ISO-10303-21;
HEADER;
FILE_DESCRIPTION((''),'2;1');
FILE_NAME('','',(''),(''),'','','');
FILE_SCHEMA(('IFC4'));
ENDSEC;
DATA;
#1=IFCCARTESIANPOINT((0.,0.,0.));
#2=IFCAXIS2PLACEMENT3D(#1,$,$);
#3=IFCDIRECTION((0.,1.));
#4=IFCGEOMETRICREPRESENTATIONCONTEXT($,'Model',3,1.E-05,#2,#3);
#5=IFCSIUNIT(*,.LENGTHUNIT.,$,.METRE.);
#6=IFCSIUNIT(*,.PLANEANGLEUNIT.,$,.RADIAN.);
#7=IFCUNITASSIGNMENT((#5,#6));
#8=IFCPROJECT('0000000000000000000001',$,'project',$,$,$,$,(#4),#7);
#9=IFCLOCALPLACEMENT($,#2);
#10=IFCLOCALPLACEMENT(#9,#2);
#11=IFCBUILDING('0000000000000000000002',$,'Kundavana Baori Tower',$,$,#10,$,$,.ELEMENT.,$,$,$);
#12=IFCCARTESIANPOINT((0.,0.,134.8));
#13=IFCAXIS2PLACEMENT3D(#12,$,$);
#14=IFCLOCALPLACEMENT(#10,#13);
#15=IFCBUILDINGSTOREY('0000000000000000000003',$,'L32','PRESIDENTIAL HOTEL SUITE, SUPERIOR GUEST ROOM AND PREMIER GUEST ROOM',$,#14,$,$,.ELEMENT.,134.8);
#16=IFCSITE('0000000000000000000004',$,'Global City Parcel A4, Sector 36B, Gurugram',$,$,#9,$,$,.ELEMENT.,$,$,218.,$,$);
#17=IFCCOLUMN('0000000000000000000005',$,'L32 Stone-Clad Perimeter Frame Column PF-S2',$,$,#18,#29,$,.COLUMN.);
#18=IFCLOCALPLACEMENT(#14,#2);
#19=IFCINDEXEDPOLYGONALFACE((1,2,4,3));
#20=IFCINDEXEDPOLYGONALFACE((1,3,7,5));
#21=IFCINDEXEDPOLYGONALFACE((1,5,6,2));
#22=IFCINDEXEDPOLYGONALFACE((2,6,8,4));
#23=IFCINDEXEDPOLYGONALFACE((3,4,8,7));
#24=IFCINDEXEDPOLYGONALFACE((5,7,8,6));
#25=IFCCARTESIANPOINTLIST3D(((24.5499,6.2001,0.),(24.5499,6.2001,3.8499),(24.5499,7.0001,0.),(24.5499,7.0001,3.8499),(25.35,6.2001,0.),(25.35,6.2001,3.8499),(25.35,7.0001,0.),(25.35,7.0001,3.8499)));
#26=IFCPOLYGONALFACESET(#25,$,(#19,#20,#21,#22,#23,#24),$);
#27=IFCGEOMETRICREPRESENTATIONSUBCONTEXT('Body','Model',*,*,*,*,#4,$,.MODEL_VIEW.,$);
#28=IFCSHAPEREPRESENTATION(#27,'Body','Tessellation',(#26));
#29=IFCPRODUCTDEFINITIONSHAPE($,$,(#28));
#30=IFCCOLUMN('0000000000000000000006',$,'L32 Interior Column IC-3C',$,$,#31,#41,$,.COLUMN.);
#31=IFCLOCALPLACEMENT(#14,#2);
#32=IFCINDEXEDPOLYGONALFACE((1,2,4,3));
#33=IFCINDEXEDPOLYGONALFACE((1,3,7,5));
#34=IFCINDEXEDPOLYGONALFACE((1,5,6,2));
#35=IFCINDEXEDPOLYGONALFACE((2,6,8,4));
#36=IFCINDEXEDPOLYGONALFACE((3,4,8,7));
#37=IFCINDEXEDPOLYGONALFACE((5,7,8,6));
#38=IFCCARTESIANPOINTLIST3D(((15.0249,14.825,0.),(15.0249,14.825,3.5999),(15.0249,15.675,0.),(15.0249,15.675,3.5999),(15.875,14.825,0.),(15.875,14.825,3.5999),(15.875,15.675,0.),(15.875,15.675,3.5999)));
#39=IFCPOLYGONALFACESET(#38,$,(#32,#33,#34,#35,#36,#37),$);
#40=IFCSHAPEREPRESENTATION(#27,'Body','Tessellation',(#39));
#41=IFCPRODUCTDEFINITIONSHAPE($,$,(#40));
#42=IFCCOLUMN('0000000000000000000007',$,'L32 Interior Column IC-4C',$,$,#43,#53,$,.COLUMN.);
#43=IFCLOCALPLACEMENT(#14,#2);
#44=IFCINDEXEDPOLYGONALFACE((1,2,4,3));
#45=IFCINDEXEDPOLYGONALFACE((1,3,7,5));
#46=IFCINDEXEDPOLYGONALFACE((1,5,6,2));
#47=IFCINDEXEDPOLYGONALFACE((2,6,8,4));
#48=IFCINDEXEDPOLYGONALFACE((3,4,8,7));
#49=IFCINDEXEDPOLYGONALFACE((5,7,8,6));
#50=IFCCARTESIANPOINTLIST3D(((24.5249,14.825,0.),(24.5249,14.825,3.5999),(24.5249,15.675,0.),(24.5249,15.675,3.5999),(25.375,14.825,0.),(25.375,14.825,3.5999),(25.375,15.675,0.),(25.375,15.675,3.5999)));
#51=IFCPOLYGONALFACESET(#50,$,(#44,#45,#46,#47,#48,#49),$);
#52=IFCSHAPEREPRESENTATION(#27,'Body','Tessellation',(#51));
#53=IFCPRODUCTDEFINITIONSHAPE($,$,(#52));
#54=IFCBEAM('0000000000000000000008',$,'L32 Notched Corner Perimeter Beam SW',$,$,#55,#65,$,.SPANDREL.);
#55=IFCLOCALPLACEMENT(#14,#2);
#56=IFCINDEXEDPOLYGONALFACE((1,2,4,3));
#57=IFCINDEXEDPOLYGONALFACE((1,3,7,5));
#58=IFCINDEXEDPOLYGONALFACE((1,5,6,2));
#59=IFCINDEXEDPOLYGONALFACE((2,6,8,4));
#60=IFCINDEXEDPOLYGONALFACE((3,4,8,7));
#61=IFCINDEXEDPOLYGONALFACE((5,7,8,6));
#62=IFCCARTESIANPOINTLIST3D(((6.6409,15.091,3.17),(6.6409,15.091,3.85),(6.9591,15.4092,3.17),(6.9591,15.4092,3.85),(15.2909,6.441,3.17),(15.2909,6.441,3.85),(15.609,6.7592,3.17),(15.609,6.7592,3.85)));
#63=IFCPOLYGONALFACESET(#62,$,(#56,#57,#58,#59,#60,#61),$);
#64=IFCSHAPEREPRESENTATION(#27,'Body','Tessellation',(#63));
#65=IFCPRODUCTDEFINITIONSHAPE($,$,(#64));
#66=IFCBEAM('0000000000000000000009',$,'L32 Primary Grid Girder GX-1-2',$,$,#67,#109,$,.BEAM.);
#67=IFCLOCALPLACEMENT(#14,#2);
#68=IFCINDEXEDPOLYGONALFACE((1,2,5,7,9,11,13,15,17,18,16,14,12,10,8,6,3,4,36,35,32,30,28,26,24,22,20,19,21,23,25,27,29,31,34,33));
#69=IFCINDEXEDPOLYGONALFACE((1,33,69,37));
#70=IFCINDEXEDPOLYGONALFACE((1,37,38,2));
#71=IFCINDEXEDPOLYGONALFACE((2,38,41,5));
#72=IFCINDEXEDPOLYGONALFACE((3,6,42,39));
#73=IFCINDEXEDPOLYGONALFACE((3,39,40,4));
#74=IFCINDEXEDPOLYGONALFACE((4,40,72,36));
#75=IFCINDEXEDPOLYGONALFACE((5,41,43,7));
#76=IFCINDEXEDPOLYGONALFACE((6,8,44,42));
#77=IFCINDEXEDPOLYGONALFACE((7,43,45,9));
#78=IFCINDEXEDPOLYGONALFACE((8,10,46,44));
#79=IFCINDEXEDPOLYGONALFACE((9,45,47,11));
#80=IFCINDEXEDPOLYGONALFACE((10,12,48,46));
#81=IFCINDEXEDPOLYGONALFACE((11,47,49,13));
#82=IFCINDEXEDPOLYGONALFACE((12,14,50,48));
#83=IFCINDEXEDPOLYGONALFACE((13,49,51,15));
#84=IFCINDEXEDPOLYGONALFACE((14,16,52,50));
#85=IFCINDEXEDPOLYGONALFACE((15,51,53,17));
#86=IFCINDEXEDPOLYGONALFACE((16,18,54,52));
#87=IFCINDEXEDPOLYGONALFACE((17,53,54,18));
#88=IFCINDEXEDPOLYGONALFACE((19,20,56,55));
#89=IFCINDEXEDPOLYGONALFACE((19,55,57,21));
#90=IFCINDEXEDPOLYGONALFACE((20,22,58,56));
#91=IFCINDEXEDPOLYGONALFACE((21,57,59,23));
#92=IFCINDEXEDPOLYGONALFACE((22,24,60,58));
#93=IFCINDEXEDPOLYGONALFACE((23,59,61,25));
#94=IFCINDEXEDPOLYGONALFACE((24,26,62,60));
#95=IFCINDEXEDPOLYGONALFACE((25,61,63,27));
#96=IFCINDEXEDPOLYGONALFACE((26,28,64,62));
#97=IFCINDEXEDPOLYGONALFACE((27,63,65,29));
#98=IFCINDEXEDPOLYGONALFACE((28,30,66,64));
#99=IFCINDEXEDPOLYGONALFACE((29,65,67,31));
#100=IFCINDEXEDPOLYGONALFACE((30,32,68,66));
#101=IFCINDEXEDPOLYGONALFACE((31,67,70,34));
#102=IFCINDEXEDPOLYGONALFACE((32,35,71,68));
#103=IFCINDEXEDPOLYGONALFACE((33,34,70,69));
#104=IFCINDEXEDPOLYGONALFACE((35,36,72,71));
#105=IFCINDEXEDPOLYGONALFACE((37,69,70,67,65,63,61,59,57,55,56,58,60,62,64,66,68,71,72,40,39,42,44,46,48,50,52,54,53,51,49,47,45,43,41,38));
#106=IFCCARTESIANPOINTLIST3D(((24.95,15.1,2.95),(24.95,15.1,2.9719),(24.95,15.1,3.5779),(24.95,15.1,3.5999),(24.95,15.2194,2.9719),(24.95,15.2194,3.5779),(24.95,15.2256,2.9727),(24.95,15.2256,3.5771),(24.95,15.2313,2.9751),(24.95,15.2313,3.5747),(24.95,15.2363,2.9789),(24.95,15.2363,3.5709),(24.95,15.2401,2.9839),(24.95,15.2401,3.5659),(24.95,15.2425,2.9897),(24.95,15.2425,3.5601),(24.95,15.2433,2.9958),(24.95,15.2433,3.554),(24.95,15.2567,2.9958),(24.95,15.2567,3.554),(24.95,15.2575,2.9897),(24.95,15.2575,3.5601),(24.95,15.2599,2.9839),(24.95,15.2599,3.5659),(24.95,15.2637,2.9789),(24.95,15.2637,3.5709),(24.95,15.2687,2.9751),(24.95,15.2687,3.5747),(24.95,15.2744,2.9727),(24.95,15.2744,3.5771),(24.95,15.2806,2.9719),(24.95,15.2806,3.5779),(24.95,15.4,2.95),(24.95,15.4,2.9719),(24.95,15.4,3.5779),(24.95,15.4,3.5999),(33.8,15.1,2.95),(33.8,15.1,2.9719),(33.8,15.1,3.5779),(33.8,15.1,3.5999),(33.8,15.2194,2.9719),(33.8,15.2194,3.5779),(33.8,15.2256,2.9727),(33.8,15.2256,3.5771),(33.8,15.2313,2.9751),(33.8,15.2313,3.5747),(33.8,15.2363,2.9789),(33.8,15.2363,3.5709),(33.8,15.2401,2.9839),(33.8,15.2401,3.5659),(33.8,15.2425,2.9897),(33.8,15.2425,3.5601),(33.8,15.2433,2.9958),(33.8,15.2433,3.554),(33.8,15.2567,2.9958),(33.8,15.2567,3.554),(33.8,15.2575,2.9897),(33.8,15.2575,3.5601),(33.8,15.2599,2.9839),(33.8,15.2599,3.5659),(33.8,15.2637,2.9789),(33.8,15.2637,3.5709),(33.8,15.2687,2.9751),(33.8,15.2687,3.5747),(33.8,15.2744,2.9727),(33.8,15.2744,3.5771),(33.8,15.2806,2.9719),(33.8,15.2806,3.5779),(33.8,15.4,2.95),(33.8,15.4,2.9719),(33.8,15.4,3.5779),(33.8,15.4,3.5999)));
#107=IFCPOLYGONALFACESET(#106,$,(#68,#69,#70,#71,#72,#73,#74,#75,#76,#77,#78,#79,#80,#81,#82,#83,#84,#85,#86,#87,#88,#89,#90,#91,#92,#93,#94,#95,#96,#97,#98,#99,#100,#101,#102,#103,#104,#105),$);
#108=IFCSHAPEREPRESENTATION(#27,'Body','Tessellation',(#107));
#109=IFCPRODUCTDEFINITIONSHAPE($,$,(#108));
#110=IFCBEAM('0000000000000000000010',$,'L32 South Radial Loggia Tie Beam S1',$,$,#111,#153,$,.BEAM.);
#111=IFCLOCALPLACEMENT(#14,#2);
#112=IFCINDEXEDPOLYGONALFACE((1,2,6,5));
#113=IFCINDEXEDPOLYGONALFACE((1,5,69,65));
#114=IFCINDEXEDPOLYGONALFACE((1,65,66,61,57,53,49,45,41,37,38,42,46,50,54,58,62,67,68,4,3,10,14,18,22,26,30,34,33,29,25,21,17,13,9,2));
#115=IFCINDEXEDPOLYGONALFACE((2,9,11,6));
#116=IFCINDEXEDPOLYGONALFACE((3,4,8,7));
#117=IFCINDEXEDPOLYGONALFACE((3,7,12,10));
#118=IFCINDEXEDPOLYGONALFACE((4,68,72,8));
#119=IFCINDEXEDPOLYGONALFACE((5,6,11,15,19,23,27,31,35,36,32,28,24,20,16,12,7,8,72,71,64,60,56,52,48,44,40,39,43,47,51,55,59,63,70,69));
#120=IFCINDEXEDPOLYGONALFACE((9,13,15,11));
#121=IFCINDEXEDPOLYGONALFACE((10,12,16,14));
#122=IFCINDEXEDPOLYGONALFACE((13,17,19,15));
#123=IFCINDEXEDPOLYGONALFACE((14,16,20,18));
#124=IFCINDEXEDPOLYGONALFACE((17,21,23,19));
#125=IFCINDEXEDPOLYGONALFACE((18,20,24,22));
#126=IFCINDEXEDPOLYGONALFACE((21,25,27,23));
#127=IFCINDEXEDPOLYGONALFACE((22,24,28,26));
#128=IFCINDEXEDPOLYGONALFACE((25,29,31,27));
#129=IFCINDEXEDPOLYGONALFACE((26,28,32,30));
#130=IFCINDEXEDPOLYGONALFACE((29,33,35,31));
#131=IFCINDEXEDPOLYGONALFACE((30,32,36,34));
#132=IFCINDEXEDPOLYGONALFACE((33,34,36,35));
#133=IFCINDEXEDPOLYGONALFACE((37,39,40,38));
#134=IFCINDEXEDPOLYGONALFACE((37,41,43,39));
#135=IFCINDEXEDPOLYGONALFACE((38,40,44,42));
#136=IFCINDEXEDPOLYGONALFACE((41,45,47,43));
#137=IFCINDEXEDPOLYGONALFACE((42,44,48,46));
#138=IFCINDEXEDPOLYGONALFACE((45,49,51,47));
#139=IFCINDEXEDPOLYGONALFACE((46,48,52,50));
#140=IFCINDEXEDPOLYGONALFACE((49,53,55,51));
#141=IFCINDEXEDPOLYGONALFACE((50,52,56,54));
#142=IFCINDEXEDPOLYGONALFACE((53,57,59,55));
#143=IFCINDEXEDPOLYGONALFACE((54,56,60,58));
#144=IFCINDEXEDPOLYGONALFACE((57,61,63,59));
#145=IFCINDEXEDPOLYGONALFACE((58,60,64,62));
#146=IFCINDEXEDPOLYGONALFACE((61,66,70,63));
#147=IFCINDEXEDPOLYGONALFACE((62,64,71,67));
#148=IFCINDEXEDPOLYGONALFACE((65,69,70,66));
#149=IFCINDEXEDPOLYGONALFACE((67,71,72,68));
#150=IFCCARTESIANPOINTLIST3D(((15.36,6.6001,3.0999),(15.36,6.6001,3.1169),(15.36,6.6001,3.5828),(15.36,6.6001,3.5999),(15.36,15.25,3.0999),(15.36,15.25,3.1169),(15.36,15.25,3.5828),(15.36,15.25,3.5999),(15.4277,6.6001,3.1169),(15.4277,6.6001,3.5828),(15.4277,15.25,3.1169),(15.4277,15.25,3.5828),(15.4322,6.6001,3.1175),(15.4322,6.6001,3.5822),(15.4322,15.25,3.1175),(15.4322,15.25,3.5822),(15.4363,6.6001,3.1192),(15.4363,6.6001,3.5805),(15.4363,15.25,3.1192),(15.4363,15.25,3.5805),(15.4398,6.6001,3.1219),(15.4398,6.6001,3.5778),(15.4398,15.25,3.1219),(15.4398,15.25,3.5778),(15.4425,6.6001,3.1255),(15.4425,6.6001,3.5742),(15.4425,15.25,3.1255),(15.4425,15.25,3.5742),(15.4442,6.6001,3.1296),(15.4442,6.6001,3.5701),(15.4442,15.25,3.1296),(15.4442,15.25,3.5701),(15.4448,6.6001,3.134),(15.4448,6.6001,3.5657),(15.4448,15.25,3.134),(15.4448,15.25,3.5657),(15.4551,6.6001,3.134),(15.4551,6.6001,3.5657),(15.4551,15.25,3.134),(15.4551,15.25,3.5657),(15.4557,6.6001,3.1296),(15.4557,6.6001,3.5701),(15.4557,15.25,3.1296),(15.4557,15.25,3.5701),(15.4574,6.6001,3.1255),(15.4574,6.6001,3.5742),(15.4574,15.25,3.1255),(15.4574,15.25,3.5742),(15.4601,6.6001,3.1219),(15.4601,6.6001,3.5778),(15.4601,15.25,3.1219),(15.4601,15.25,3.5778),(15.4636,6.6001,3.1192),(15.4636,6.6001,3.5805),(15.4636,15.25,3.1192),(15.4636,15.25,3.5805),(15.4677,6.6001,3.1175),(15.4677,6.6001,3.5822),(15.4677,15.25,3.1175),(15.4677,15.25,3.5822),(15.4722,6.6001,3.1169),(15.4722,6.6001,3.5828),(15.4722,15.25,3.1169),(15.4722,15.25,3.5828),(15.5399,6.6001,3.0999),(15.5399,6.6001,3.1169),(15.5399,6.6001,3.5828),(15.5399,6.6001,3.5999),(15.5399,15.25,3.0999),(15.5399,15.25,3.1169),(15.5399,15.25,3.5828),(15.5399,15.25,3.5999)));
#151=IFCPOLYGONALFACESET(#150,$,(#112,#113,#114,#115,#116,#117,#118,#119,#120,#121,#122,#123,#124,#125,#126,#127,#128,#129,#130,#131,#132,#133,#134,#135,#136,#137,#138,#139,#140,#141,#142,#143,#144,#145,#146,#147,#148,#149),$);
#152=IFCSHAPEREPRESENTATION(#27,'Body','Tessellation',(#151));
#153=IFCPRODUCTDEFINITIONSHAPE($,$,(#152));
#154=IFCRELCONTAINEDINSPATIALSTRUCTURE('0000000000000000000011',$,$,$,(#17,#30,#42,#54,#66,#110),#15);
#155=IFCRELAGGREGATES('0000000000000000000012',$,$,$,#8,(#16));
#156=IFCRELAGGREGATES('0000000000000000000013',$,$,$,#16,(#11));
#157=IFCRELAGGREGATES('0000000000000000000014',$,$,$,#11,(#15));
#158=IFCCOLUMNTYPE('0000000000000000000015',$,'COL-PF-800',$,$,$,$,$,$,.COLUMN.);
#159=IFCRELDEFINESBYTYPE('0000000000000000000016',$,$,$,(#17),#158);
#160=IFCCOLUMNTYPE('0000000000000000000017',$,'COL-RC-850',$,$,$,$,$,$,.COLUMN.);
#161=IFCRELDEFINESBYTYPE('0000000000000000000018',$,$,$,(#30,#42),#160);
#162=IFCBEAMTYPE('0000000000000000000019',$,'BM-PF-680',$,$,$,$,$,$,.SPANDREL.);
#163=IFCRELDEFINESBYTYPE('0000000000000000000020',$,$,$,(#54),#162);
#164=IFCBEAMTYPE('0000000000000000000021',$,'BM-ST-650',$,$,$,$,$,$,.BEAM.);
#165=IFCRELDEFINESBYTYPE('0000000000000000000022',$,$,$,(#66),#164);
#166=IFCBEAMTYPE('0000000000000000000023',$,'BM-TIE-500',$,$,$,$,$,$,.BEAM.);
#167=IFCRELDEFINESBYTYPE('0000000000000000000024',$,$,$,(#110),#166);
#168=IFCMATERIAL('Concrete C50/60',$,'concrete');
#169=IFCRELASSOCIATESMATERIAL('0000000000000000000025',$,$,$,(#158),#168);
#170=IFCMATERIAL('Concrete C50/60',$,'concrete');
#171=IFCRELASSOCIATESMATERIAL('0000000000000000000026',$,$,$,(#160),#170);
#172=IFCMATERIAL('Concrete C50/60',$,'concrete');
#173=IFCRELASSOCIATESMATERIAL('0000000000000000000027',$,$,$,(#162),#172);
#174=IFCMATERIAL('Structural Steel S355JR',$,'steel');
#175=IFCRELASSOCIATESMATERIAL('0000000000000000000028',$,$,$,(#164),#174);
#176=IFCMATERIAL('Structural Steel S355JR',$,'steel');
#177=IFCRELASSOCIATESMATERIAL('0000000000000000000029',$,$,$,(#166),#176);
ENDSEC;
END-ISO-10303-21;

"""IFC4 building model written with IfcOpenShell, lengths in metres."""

from ifc_helpers import new_model, si_unit, direction, frame, origin, origin_2d, place, context, subcontext, project, spatial, rectangle, i_section, extrude, material, material_profile, profile_set, type_object, element, save


model = new_model("IFC4")

# Units and contexts
model_context = context("Model", 3, precision=1e-05, world=origin(), true_north=direction((0.0, 1.0)))
body_context = subcontext(model_context, "Body", "Model", "MODEL_VIEW")
ifc_project = project(units=[si_unit("LENGTHUNIT", "METRE"), si_unit("PLANEANGLEUNIT", "RADIAN")], contexts=[model_context])

# Site, building, storey
site_placement = place(None, origin())
site = spatial("IfcSite", under=ifc_project, at=site_placement, Name="Global City Parcel A4, Sector 36B, Gurugram", CompositionType="ELEMENT", RefElevation=218.0)
building_placement = place(site_placement, origin())
building = spatial("IfcBuilding", under=site, at=building_placement, Name="Kundavana Baori Tower", CompositionType="ELEMENT")
storey_placement = place(building_placement, frame((0.0, 0.0, 134.8)))
storey = spatial("IfcBuildingStorey", under=building, at=storey_placement, Name="L32", Description="PRESIDENTIAL HOTEL SUITE, SUPERIOR GUEST ROOM AND PREMIER GUEST ROOM", CompositionType="ELEMENT", Elevation=134.8)

# Columns
ifc_material_1 = material(Name="Concrete C50/60", Category="concrete")
ifc_material_profile_1 = material_profile(ifc_material_1, rectangle(XDim=0.8, YDim=0.8, at=origin_2d()), Name="RC PF 800x800")
ifc_profile_set_1 = profile_set([ifc_material_profile_1], Name="Concrete C50/60")
column_type_1 = type_object("IfcColumnType", Name="COL-PF-800", PredefinedType="COLUMN", material=ifc_profile_set_1)
column_placement = place(storey_placement, frame((24.95, 6.6001, 0.0), z_axis=(0.0, 0.0, 1.0), x_axis=(1.0, 0.0, 0.0)))
element("IfcColumn", 1, at=column_placement, inside=storey, type_object=column_type_1, Name="L32 Stone-Clad Perimeter Frame Column PF-S2", PredefinedType="COLUMN", context=body_context, shape_type="SweptSolid", body=[
    extrude(rectangle(XDim=0.8, YDim=0.8, at=origin_2d()), origin(), (0.0, 0.0, 1.0), 3.8499),
])
ifc_material_2 = material(Name="Concrete C50/60", Category="concrete")
ifc_material_profile_2 = material_profile(ifc_material_2, rectangle(XDim=0.8501, YDim=0.8501, at=origin_2d()), Name="RC 850x850")
ifc_profile_set_2 = profile_set([ifc_material_profile_2], Name="Concrete C50/60")
column_type_2 = type_object("IfcColumnType", Name="COL-RC-850", PredefinedType="COLUMN", material=ifc_profile_set_2)
for number, where, z_axis, x_axis, name in (
    (2, (15.45, 15.25, 0.0), (0.0, 0.0, 1.0), (1.0, 0.0, 0.0), "L32 Interior Column IC-3C"),
    (3, (24.95, 15.25, 0.0), (0.0, 0.0, 1.0), (1.0, 0.0, 0.0), "L32 Interior Column IC-4C"),
):
    element("IfcColumn", number, at=place(storey_placement, frame(where, z_axis=z_axis, x_axis=x_axis)), inside=storey, type_object=column_type_2, Name=name, PredefinedType="COLUMN", context=body_context, shape_type="SweptSolid", body=[
        extrude(rectangle(XDim=0.8501, YDim=0.8501, at=origin_2d()), origin(), (0.0, 0.0, 1.0), 3.5999),
    ])

# Beams
ifc_material_3 = material(Name="Concrete C50/60", Category="concrete")
ifc_material_profile_3 = material_profile(ifc_material_3, rectangle(XDim=0.45, YDim=0.6799, at=origin_2d()), Name="RC BM 450x680")
ifc_profile_set_3 = profile_set([ifc_material_profile_3], Name="Concrete C50/60")
beam_type_1 = type_object("IfcBeamType", Name="BM-PF-680", PredefinedType="SPANDREL", material=ifc_profile_set_3)
beam_1_placement = place(storey_placement, frame((15.45, 6.6001, 3.51), z_axis=(-0.707107, 0.707107, 0.0), x_axis=(-0.707107, -0.707107, 0.0)))
element("IfcBeam", 4, at=beam_1_placement, inside=storey, type_object=beam_type_1, Name="L32 Notched Corner Perimeter Beam SW", PredefinedType="SPANDREL", context=body_context, shape_type="SweptSolid", body=[
    extrude(rectangle(XDim=0.45, YDim=0.6799, at=origin_2d()), origin(), (0.0, 0.0, 1.0), 12.2329),
])
ifc_material_4 = material(Name="Structural Steel S355JR", Category="steel")
ifc_material_profile_4 = material_profile(ifc_material_4, i_section(OverallWidth=0.3, OverallDepth=0.6499, WebThickness=0.0134, FlangeThickness=0.022, FilletRadius=0.0239, at=origin_2d()), Name="NPB 650x300x155")
ifc_profile_set_4 = profile_set([ifc_material_profile_4], Name="Structural Steel S355JR")
beam_type_2 = type_object("IfcBeamType", Name="BM-ST-650", PredefinedType="BEAM", material=ifc_profile_set_4)
beam_2_placement = place(storey_placement, frame((24.95, 15.25, 3.2749), z_axis=(1.0, 0.0, 0.0), x_axis=(0.0, 1.0, 0.0)))
element("IfcBeam", 5, at=beam_2_placement, inside=storey, type_object=beam_type_2, Name="L32 Primary Grid Girder GX-1-2", PredefinedType="BEAM", context=body_context, shape_type="SweptSolid", body=[
    extrude(i_section(OverallWidth=0.3, OverallDepth=0.6499, WebThickness=0.0134, FlangeThickness=0.022, FilletRadius=0.0239, at=origin_2d()), origin(), (0.0, 0.0, 1.0), 8.8501),
])
ifc_material_5 = material(Name="Structural Steel S355JR", Category="steel")
ifc_material_profile_5 = material_profile(ifc_material_5, i_section(OverallWidth=0.1799, OverallDepth=0.5, WebThickness=0.0103, FlangeThickness=0.0171, FilletRadius=0.0171, at=origin_2d()), Name="ISMB 500")
ifc_profile_set_5 = profile_set([ifc_material_profile_5], Name="Structural Steel S355JR")
beam_type_3 = type_object("IfcBeamType", Name="BM-TIE-500", PredefinedType="BEAM", material=ifc_profile_set_5)
for number, where, z_axis, x_axis, name in (
    (6, (15.45, 15.25, 3.3499), (0.0, -1.0, 0.0), (1.0, 0.0, 0.0), "L32 South Radial Loggia Tie Beam S1"),
):
    element("IfcBeam", number, at=place(storey_placement, frame(where, z_axis=z_axis, x_axis=x_axis)), inside=storey, type_object=beam_type_3, Name=name, PredefinedType="BEAM", context=body_context, shape_type="SweptSolid", body=[
        extrude(i_section(OverallWidth=0.1799, OverallDepth=0.5, WebThickness=0.0103, FlangeThickness=0.0171, FilletRadius=0.0171, at=origin_2d()), origin(), (0.0, 0.0, 1.0), 8.6499),
    ])

save(model, "model.ifc")
